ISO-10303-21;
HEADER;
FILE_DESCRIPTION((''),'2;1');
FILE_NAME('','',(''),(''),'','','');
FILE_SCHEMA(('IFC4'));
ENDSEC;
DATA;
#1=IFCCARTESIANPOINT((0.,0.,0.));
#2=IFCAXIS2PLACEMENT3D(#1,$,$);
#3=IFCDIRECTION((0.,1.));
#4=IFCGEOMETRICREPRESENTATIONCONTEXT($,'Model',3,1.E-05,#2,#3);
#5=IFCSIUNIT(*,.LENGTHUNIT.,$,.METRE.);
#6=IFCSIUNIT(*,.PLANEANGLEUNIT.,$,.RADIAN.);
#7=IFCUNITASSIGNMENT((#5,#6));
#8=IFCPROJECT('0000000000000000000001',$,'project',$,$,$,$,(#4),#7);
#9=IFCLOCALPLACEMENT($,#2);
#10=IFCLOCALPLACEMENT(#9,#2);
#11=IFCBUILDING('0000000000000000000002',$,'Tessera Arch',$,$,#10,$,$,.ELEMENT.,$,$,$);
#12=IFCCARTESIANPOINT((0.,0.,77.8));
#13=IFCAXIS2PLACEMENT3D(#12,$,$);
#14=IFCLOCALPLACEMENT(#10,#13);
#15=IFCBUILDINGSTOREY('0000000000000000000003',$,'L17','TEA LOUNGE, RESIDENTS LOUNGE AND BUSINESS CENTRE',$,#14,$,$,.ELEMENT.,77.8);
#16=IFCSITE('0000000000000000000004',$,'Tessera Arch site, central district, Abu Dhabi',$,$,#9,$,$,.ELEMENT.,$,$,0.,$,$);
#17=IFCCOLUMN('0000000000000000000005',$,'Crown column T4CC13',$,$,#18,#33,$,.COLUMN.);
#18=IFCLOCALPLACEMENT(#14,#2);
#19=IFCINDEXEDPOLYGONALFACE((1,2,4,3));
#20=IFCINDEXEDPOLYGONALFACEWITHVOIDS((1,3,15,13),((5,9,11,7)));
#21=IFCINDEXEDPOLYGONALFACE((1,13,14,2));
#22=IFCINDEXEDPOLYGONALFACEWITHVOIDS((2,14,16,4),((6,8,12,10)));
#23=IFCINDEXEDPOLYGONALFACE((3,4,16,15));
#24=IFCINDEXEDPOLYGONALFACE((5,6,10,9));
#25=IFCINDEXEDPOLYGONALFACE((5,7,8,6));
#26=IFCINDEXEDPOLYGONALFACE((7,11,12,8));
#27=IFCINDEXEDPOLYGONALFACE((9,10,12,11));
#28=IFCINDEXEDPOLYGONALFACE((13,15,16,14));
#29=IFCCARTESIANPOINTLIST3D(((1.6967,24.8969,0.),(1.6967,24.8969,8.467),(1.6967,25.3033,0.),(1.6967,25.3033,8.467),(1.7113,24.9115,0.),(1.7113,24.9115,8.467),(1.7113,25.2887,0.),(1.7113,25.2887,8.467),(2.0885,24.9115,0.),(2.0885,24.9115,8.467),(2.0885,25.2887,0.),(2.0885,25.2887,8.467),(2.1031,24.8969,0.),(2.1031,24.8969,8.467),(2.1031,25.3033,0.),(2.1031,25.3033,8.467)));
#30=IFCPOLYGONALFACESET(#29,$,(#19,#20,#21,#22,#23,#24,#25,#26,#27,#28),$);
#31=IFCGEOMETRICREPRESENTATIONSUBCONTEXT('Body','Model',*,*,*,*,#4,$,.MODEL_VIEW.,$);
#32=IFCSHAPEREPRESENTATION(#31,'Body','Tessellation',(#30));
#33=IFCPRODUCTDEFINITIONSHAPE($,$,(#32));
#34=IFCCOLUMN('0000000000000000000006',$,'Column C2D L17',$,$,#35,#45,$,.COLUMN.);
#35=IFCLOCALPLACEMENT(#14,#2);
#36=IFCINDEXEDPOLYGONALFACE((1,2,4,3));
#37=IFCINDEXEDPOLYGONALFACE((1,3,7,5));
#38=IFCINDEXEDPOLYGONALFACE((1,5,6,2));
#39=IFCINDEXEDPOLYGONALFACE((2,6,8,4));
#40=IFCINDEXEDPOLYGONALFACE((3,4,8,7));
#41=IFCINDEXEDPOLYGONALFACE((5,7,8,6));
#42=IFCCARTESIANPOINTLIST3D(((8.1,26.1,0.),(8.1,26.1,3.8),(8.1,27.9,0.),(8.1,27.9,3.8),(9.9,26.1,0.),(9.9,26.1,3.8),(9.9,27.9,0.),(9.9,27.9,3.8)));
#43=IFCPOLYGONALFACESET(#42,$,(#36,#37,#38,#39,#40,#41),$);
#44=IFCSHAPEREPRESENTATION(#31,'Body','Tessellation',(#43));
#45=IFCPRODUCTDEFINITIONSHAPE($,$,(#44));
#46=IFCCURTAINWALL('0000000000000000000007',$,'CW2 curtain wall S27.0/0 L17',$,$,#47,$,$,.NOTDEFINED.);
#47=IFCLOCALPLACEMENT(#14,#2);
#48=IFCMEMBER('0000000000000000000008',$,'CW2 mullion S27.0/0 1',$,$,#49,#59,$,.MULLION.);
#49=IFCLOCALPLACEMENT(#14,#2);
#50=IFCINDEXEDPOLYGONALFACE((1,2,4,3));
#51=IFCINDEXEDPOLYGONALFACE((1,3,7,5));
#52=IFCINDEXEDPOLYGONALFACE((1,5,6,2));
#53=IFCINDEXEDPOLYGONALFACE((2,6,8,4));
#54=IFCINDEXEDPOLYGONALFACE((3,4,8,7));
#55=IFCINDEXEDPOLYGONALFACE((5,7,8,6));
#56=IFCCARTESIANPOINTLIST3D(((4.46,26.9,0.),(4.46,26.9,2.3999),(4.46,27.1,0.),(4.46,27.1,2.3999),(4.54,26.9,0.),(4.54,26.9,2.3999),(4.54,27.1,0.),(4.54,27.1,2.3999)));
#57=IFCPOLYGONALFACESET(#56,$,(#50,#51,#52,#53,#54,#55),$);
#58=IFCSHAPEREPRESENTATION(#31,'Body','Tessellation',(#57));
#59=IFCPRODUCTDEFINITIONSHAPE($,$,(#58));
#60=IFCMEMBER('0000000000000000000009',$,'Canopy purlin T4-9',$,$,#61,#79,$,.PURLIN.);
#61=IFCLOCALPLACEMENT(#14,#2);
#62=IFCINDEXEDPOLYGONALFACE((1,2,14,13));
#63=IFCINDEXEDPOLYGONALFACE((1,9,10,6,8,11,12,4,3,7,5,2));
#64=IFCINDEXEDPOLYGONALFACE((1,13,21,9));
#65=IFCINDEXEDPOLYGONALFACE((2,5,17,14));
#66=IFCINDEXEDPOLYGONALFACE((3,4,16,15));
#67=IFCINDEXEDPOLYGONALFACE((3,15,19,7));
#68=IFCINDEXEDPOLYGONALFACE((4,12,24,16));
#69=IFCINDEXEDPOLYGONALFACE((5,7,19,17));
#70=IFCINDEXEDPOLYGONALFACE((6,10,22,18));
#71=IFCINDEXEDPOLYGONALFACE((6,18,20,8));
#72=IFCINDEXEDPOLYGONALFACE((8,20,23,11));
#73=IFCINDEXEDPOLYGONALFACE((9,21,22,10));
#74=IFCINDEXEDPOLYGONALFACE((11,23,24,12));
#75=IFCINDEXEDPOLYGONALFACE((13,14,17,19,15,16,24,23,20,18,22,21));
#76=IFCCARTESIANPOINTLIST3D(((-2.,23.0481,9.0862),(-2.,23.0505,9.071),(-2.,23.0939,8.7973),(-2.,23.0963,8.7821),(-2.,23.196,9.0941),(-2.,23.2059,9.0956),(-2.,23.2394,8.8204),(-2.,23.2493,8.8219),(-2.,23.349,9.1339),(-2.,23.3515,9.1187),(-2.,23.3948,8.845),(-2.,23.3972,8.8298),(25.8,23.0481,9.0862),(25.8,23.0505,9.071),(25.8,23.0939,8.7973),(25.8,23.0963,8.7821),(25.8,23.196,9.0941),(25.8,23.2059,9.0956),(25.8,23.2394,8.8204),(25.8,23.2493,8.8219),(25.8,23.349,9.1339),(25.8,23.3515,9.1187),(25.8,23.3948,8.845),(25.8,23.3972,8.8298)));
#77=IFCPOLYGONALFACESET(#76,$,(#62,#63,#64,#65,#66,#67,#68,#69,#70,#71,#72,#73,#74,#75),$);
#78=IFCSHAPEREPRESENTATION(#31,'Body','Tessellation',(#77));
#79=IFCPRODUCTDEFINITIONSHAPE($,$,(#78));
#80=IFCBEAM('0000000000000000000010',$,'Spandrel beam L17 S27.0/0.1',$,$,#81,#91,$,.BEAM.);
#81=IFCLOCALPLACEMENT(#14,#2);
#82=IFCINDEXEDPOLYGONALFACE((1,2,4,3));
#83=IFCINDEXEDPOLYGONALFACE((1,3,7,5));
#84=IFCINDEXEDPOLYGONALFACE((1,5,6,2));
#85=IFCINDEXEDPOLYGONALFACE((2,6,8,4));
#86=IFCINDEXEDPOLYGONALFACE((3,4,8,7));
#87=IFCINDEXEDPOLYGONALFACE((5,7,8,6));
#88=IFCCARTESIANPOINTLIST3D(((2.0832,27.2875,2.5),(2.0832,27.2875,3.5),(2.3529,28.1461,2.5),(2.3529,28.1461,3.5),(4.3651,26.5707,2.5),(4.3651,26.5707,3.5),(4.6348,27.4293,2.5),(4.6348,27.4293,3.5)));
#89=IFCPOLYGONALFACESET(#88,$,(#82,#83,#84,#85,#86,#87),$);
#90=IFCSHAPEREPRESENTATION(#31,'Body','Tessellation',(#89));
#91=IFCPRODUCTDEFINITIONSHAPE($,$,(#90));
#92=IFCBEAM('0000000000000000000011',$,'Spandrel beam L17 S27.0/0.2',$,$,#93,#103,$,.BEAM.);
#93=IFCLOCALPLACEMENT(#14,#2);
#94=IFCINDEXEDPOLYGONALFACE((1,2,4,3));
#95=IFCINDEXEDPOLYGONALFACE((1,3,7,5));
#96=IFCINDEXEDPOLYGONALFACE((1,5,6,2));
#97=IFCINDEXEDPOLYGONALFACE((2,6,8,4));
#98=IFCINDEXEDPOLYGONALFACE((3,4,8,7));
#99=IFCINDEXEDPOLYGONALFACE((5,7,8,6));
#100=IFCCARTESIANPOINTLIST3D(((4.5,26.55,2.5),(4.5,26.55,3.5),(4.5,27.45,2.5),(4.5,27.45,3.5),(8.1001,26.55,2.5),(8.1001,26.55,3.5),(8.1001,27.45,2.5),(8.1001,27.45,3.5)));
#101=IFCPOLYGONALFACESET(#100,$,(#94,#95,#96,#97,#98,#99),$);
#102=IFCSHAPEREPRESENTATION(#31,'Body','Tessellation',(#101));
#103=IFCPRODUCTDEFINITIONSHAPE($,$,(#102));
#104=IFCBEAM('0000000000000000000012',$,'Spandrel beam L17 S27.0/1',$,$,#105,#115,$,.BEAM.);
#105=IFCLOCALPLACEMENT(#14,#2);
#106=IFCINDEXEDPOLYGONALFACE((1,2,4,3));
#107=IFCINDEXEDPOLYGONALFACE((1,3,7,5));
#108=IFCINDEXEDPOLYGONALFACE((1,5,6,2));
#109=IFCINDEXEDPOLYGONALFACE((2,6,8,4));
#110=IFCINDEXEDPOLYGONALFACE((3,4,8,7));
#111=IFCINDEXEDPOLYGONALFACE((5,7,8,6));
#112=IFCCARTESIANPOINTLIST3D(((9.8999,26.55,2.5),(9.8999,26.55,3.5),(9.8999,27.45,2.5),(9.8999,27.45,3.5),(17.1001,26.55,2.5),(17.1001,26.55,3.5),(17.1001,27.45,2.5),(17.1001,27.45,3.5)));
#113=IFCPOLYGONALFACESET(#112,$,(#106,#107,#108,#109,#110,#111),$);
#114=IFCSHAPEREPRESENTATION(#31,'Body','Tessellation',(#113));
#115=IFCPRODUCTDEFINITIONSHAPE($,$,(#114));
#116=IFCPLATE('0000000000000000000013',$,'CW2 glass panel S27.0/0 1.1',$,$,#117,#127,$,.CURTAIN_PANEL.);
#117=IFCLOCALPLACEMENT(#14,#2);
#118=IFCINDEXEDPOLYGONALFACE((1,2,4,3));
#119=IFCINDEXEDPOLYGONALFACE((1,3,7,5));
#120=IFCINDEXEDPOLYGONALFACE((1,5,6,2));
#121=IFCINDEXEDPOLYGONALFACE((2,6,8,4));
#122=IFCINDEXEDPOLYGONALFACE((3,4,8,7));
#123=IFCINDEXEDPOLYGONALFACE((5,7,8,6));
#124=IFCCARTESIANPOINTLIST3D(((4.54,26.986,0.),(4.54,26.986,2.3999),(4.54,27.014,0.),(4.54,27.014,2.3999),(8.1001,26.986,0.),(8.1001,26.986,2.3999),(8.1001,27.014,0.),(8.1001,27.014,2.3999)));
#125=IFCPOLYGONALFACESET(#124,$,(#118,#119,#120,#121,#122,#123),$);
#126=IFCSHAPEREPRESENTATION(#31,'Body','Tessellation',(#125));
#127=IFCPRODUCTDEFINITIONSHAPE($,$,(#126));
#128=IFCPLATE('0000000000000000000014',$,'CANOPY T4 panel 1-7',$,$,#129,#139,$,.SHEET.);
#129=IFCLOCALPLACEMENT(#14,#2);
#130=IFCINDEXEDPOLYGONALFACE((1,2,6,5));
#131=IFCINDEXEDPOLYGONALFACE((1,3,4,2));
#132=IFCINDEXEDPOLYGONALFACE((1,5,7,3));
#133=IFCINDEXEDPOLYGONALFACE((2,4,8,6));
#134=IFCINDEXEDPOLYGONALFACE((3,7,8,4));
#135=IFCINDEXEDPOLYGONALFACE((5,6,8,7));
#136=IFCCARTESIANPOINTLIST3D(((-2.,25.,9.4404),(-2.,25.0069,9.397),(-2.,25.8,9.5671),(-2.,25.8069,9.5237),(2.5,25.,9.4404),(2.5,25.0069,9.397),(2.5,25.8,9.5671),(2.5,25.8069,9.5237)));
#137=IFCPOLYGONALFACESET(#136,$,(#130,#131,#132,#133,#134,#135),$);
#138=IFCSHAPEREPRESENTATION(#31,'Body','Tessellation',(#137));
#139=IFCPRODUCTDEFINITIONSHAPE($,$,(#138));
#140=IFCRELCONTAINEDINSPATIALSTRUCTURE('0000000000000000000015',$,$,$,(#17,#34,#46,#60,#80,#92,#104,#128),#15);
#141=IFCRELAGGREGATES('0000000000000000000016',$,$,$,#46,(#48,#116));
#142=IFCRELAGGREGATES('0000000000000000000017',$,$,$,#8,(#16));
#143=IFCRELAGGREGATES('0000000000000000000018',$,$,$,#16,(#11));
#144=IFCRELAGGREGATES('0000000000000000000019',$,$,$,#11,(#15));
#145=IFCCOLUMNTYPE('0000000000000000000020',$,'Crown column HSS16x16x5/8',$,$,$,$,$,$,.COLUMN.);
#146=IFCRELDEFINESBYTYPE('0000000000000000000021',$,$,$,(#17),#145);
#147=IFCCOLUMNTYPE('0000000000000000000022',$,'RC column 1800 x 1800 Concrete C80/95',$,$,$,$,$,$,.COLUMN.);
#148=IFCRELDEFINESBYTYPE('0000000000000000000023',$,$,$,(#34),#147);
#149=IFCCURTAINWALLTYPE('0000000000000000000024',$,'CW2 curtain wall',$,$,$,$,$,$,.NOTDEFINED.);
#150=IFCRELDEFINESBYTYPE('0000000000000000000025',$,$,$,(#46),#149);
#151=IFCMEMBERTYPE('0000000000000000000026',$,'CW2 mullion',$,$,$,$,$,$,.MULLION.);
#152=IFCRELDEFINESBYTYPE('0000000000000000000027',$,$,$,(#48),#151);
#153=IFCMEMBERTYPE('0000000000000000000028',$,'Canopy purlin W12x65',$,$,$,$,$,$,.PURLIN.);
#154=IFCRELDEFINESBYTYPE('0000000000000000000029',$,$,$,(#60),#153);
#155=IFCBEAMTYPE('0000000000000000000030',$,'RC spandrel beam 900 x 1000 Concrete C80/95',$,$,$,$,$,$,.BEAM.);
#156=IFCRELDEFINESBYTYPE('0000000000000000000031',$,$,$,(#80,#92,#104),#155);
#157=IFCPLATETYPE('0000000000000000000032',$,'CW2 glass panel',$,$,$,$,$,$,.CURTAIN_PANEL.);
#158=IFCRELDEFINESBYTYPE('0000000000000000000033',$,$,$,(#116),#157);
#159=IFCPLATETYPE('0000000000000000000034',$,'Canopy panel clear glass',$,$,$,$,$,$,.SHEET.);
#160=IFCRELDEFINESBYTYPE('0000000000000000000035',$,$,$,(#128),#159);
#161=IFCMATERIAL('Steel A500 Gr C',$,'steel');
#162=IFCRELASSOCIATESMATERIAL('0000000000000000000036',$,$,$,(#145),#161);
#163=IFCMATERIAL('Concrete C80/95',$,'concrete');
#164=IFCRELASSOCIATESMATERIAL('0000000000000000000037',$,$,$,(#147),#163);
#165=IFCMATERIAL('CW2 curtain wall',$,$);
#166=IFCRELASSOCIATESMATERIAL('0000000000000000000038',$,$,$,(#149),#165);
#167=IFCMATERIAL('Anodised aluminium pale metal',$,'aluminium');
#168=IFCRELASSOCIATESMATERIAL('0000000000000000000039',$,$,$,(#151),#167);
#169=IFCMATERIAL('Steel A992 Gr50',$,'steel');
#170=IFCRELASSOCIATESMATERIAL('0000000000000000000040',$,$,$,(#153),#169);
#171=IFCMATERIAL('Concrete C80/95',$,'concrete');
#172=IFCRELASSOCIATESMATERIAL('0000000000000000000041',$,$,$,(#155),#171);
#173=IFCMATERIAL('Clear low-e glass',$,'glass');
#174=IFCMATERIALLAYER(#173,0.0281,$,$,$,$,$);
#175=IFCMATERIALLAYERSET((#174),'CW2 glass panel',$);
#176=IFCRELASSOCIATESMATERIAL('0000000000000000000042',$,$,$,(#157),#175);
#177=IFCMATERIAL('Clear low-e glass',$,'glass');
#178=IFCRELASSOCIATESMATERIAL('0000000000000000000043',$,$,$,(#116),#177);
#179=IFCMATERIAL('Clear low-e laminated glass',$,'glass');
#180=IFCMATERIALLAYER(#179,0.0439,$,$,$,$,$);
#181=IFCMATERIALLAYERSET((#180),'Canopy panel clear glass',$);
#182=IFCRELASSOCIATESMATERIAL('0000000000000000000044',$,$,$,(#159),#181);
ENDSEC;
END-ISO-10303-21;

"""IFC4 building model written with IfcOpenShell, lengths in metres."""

from ifc_helpers import new_model, si_unit, direction, frame, origin, origin_2d, place, context, subcontext, project, spatial, polyline, rectangle, hollow_rectangle, i_section, outline, extrude, material, layer, layer_set, material_profile, profile_set, type_object, element, aggregate, save


model = new_model("IFC4")

# Units and contexts
model_context = context("Model", 3, precision=1e-05, world=origin(), true_north=direction((0.0, 1.0)))
body_context = subcontext(model_context, "Body", "Model", "MODEL_VIEW")
ifc_project = project(units=[si_unit("LENGTHUNIT", "METRE"), si_unit("PLANEANGLEUNIT", "RADIAN")], contexts=[model_context])

# Site, building, storey
site_placement = place(None, origin())
site = spatial("IfcSite", under=ifc_project, at=site_placement, Name="Tessera Arch site, central district, Abu Dhabi", CompositionType="ELEMENT", RefElevation=0.0)
building_placement = place(site_placement, origin())
building = spatial("IfcBuilding", under=site, at=building_placement, Name="Tessera Arch", CompositionType="ELEMENT")
storey_placement = place(building_placement, frame((0.0, 0.0, 77.8)))
storey = spatial("IfcBuildingStorey", under=building, at=storey_placement, Name="L17", Description="TEA LOUNGE, RESIDENTS LOUNGE AND BUSINESS CENTRE", CompositionType="ELEMENT", Elevation=77.8)

# Columns
ifc_material_1 = material(Name="Steel A500 Gr C", Category="steel")
ifc_material_profile_1 = material_profile(ifc_material_1, hollow_rectangle(XDim=0.4065, YDim=0.4065, WallThickness=0.0146, at=origin_2d()), Name="HSS16x16x5/8")
ifc_profile_set_1 = profile_set([ifc_material_profile_1], Name="Steel A500 Gr C")
column_type_1 = type_object("IfcColumnType", Name="Crown column HSS16x16x5/8", PredefinedType="COLUMN", material=ifc_profile_set_1)
column_1_placement = place(storey_placement, frame((1.8999, 25.1001, 0.0), z_axis=(0.0, 0.0, 1.0), x_axis=(1.0, 0.0, 0.0)))
element("IfcColumn", 1, at=column_1_placement, inside=storey, type_object=column_type_1, Name="Crown column T4CC13", PredefinedType="COLUMN", context=body_context, shape_type="SweptSolid", body=[
    extrude(hollow_rectangle(XDim=0.4065, YDim=0.4065, WallThickness=0.0146, at=origin_2d()), origin(), (0.0, 0.0, 1.0), 8.467),
])
ifc_material_2 = material(Name="Concrete C80/95", Category="concrete")
ifc_material_profile_2 = material_profile(ifc_material_2, rectangle(XDim=1.8, YDim=1.8, at=origin_2d()), Name="RC column 1800 x 1800 Concrete C80/95")
ifc_profile_set_2 = profile_set([ifc_material_profile_2], Name="Concrete C80/95")
column_type_2 = type_object("IfcColumnType", Name="RC column 1800 x 1800 Concrete C80/95", PredefinedType="COLUMN", material=ifc_profile_set_2)
column_2_placement = place(storey_placement, frame((9.0, 27.0, 0.0), z_axis=(0.0, 0.0, 1.0), x_axis=(1.0, 0.0, 0.0)))
element("IfcColumn", 2, at=column_2_placement, inside=storey, type_object=column_type_2, Name="Column C2D L17", PredefinedType="COLUMN", context=body_context, shape_type="SweptSolid", body=[
    extrude(rectangle(XDim=1.8, YDim=1.8, at=origin_2d()), origin(), (0.0, 0.0, 1.0), 3.8),
])

# Curtain wall, member
ifc_material_3 = material(Name="CW2 curtain wall")
curtain_wall_type = type_object("IfcCurtainWallType", Name="CW2 curtain wall", PredefinedType="NOTDEFINED", material=ifc_material_3)
curtain_wall_placement = place(storey_placement, origin())
curtain_wall = element("IfcCurtainWall", 3, at=curtain_wall_placement, inside=storey, type_object=curtain_wall_type, Name="CW2 curtain wall S27.0/0 L17", PredefinedType="NOTDEFINED")
ifc_material_4 = material(Name="Anodised aluminium pale metal", Category="aluminium")
ifc_material_profile_3 = material_profile(ifc_material_4, rectangle(XDim=0.2, YDim=0.0801, at=origin_2d()), Name="AL 80x200")
ifc_profile_set_3 = profile_set([ifc_material_profile_3], Name="Anodised aluminium pale metal")
member_type_1 = type_object("IfcMemberType", Name="CW2 mullion", PredefinedType="MULLION", material=ifc_profile_set_3)
member_1_placement = place(storey_placement, frame((4.5, 27.0, 0.0), z_axis=(0.0, 0.0, 1.0), x_axis=(0.0, 1.0, 0.0)))
member_1 = element("IfcMember", 4, at=member_1_placement, type_object=member_type_1, Name="CW2 mullion S27.0/0 1", PredefinedType="MULLION", context=body_context, shape_type="SweptSolid", body=[
    extrude(rectangle(XDim=0.2, YDim=0.0801, at=origin_2d()), origin(), (0.0, 0.0, 1.0), 2.3999),
])

# Member
ifc_material_5 = material(Name="Steel A992 Gr50", Category="steel")
ifc_material_profile_4 = material_profile(ifc_material_5, i_section(OverallWidth=0.3047, OverallDepth=0.3079, WebThickness=0.01, FlangeThickness=0.0154, at=origin_2d()), Name="W12x65")
ifc_profile_set_4 = profile_set([ifc_material_profile_4], Name="Steel A992 Gr50")
member_type_2 = type_object("IfcMemberType", Name="Canopy purlin W12x65", PredefinedType="PURLIN", material=ifc_profile_set_4)
member_2_placement = place(storey_placement, frame((-2.0, 23.2227, 8.958), z_axis=(1.0, 0.0, 0.0), x_axis=(0.0, 0.987688, 0.156434)))
element("IfcMember", 5, at=member_2_placement, inside=storey, type_object=member_type_2, Name="Canopy purlin T4-9", PredefinedType="PURLIN", context=body_context, shape_type="SweptSolid", body=[
    extrude(i_section(OverallWidth=0.3047, OverallDepth=0.3079, WebThickness=0.01, FlangeThickness=0.0154, at=origin_2d()), origin(), (0.0, 0.0, 1.0), 27.8),
])

# Beams
ifc_material_6 = material(Name="Concrete C80/95", Category="concrete")
ifc_material_profile_5 = material_profile(ifc_material_6, rectangle(XDim=0.8999, YDim=1.0, at=origin_2d()), Name="RC spandrel beam 900 x 1000 Concrete C80/95")
ifc_profile_set_5 = profile_set([ifc_material_profile_5], Name="Concrete C80/95")
beam_type = type_object("IfcBeamType", Name="RC spandrel beam 900 x 1000 Concrete C80/95", PredefinedType="BEAM", material=ifc_profile_set_5)
beam_1_placement = place(storey_placement, frame((2.218, 27.7168, 3.0), z_axis=(0.954041, -0.299675, 0.0), x_axis=(0.299675, 0.954041, 0.0)))
element("IfcBeam", 6, at=beam_1_placement, inside=storey, type_object=beam_type, Name="Spandrel beam L17 S27.0/0.1", PredefinedType="BEAM", context=body_context, shape_type="SweptSolid", body=[
    extrude(rectangle(XDim=0.8999, YDim=1.0, at=origin_2d()), origin(), (0.0, 0.0, 1.0), 2.3918),
])
beam_2_placement = place(storey_placement, frame((4.5, 27.0, 3.0), z_axis=(1.0, 0.0, 0.0), x_axis=(0.0, 1.0, 0.0)))
element("IfcBeam", 7, at=beam_2_placement, inside=storey, type_object=beam_type, Name="Spandrel beam L17 S27.0/0.2", PredefinedType="BEAM", context=body_context, shape_type="SweptSolid", body=[
    extrude(rectangle(XDim=0.8999, YDim=1.0, at=origin_2d()), origin(), (0.0, 0.0, 1.0), 3.6001),
])
beam_3_placement = place(storey_placement, frame((9.8999, 27.0, 3.0), z_axis=(1.0, 0.0, 0.0), x_axis=(0.0, 1.0, 0.0)))
element("IfcBeam", 8, at=beam_3_placement, inside=storey, type_object=beam_type, Name="Spandrel beam L17 S27.0/1", PredefinedType="BEAM", context=body_context, shape_type="SweptSolid", body=[
    extrude(rectangle(XDim=0.8999, YDim=1.0, at=origin_2d()), origin(), (0.0, 0.0, 1.0), 7.2002),
])

# Plates
ifc_material_7 = material(Name="Clear low-e glass", Category="glass")
ifc_material_8 = material(Name="Clear low-e glass", Category="glass")
ifc_layer_1 = layer(ifc_material_8, 0.0281)
ifc_layer_set_1 = layer_set([ifc_layer_1], Name="CW2 glass panel")
plate_type_1 = type_object("IfcPlateType", Name="CW2 glass panel", PredefinedType="CURTAIN_PANEL", material=ifc_layer_set_1)
plate_1_placement = place(storey_placement, frame((6.3201, 27.0, 0.0), z_axis=(0.0, 0.0, 1.0), x_axis=(1.0, 0.0, 0.0)))
plate_1 = element("IfcPlate", 9, at=plate_1_placement, type_object=plate_type_1, material=ifc_material_7, Name="CW2 glass panel S27.0/0 1.1", PredefinedType="CURTAIN_PANEL", context=body_context, shape_type="SweptSolid", body=[
    extrude(rectangle(XDim=3.5601, YDim=0.0281, at=origin_2d()), origin(), (0.0, 0.0, 1.0), 2.3999),
])
aggregate(curtain_wall, [member_1, plate_1])
ifc_material_9 = material(Name="Clear low-e laminated glass", Category="glass")
ifc_layer_2 = layer(ifc_material_9, 0.0439)
ifc_layer_set_2 = layer_set([ifc_layer_2], Name="Canopy panel clear glass")
plate_type_2 = type_object("IfcPlateType", Name="Canopy panel clear glass", PredefinedType="SHEET", material=ifc_layer_set_2)
plate_2_placement = place(storey_placement, frame((-2.0, 25.0, 9.4404), z_axis=(0.0, -0.156427, 0.98769), x_axis=(1.0, 0.0, 0.0)))
element("IfcPlate", 10, at=plate_2_placement, inside=storey, type_object=plate_type_2, Name="CANOPY T4 panel 1-7", PredefinedType="SHEET", context=body_context, shape_type="SweptSolid", body=[
    extrude(outline(polyline([(0.0, 0.0), (4.5, 0.0), (4.5, 0.81), (0.0, 0.81), (0.0, 0.0)])), origin(), (0.0, 0.0, -1.0), 0.0439),
])

save(model, "model.ifc")
